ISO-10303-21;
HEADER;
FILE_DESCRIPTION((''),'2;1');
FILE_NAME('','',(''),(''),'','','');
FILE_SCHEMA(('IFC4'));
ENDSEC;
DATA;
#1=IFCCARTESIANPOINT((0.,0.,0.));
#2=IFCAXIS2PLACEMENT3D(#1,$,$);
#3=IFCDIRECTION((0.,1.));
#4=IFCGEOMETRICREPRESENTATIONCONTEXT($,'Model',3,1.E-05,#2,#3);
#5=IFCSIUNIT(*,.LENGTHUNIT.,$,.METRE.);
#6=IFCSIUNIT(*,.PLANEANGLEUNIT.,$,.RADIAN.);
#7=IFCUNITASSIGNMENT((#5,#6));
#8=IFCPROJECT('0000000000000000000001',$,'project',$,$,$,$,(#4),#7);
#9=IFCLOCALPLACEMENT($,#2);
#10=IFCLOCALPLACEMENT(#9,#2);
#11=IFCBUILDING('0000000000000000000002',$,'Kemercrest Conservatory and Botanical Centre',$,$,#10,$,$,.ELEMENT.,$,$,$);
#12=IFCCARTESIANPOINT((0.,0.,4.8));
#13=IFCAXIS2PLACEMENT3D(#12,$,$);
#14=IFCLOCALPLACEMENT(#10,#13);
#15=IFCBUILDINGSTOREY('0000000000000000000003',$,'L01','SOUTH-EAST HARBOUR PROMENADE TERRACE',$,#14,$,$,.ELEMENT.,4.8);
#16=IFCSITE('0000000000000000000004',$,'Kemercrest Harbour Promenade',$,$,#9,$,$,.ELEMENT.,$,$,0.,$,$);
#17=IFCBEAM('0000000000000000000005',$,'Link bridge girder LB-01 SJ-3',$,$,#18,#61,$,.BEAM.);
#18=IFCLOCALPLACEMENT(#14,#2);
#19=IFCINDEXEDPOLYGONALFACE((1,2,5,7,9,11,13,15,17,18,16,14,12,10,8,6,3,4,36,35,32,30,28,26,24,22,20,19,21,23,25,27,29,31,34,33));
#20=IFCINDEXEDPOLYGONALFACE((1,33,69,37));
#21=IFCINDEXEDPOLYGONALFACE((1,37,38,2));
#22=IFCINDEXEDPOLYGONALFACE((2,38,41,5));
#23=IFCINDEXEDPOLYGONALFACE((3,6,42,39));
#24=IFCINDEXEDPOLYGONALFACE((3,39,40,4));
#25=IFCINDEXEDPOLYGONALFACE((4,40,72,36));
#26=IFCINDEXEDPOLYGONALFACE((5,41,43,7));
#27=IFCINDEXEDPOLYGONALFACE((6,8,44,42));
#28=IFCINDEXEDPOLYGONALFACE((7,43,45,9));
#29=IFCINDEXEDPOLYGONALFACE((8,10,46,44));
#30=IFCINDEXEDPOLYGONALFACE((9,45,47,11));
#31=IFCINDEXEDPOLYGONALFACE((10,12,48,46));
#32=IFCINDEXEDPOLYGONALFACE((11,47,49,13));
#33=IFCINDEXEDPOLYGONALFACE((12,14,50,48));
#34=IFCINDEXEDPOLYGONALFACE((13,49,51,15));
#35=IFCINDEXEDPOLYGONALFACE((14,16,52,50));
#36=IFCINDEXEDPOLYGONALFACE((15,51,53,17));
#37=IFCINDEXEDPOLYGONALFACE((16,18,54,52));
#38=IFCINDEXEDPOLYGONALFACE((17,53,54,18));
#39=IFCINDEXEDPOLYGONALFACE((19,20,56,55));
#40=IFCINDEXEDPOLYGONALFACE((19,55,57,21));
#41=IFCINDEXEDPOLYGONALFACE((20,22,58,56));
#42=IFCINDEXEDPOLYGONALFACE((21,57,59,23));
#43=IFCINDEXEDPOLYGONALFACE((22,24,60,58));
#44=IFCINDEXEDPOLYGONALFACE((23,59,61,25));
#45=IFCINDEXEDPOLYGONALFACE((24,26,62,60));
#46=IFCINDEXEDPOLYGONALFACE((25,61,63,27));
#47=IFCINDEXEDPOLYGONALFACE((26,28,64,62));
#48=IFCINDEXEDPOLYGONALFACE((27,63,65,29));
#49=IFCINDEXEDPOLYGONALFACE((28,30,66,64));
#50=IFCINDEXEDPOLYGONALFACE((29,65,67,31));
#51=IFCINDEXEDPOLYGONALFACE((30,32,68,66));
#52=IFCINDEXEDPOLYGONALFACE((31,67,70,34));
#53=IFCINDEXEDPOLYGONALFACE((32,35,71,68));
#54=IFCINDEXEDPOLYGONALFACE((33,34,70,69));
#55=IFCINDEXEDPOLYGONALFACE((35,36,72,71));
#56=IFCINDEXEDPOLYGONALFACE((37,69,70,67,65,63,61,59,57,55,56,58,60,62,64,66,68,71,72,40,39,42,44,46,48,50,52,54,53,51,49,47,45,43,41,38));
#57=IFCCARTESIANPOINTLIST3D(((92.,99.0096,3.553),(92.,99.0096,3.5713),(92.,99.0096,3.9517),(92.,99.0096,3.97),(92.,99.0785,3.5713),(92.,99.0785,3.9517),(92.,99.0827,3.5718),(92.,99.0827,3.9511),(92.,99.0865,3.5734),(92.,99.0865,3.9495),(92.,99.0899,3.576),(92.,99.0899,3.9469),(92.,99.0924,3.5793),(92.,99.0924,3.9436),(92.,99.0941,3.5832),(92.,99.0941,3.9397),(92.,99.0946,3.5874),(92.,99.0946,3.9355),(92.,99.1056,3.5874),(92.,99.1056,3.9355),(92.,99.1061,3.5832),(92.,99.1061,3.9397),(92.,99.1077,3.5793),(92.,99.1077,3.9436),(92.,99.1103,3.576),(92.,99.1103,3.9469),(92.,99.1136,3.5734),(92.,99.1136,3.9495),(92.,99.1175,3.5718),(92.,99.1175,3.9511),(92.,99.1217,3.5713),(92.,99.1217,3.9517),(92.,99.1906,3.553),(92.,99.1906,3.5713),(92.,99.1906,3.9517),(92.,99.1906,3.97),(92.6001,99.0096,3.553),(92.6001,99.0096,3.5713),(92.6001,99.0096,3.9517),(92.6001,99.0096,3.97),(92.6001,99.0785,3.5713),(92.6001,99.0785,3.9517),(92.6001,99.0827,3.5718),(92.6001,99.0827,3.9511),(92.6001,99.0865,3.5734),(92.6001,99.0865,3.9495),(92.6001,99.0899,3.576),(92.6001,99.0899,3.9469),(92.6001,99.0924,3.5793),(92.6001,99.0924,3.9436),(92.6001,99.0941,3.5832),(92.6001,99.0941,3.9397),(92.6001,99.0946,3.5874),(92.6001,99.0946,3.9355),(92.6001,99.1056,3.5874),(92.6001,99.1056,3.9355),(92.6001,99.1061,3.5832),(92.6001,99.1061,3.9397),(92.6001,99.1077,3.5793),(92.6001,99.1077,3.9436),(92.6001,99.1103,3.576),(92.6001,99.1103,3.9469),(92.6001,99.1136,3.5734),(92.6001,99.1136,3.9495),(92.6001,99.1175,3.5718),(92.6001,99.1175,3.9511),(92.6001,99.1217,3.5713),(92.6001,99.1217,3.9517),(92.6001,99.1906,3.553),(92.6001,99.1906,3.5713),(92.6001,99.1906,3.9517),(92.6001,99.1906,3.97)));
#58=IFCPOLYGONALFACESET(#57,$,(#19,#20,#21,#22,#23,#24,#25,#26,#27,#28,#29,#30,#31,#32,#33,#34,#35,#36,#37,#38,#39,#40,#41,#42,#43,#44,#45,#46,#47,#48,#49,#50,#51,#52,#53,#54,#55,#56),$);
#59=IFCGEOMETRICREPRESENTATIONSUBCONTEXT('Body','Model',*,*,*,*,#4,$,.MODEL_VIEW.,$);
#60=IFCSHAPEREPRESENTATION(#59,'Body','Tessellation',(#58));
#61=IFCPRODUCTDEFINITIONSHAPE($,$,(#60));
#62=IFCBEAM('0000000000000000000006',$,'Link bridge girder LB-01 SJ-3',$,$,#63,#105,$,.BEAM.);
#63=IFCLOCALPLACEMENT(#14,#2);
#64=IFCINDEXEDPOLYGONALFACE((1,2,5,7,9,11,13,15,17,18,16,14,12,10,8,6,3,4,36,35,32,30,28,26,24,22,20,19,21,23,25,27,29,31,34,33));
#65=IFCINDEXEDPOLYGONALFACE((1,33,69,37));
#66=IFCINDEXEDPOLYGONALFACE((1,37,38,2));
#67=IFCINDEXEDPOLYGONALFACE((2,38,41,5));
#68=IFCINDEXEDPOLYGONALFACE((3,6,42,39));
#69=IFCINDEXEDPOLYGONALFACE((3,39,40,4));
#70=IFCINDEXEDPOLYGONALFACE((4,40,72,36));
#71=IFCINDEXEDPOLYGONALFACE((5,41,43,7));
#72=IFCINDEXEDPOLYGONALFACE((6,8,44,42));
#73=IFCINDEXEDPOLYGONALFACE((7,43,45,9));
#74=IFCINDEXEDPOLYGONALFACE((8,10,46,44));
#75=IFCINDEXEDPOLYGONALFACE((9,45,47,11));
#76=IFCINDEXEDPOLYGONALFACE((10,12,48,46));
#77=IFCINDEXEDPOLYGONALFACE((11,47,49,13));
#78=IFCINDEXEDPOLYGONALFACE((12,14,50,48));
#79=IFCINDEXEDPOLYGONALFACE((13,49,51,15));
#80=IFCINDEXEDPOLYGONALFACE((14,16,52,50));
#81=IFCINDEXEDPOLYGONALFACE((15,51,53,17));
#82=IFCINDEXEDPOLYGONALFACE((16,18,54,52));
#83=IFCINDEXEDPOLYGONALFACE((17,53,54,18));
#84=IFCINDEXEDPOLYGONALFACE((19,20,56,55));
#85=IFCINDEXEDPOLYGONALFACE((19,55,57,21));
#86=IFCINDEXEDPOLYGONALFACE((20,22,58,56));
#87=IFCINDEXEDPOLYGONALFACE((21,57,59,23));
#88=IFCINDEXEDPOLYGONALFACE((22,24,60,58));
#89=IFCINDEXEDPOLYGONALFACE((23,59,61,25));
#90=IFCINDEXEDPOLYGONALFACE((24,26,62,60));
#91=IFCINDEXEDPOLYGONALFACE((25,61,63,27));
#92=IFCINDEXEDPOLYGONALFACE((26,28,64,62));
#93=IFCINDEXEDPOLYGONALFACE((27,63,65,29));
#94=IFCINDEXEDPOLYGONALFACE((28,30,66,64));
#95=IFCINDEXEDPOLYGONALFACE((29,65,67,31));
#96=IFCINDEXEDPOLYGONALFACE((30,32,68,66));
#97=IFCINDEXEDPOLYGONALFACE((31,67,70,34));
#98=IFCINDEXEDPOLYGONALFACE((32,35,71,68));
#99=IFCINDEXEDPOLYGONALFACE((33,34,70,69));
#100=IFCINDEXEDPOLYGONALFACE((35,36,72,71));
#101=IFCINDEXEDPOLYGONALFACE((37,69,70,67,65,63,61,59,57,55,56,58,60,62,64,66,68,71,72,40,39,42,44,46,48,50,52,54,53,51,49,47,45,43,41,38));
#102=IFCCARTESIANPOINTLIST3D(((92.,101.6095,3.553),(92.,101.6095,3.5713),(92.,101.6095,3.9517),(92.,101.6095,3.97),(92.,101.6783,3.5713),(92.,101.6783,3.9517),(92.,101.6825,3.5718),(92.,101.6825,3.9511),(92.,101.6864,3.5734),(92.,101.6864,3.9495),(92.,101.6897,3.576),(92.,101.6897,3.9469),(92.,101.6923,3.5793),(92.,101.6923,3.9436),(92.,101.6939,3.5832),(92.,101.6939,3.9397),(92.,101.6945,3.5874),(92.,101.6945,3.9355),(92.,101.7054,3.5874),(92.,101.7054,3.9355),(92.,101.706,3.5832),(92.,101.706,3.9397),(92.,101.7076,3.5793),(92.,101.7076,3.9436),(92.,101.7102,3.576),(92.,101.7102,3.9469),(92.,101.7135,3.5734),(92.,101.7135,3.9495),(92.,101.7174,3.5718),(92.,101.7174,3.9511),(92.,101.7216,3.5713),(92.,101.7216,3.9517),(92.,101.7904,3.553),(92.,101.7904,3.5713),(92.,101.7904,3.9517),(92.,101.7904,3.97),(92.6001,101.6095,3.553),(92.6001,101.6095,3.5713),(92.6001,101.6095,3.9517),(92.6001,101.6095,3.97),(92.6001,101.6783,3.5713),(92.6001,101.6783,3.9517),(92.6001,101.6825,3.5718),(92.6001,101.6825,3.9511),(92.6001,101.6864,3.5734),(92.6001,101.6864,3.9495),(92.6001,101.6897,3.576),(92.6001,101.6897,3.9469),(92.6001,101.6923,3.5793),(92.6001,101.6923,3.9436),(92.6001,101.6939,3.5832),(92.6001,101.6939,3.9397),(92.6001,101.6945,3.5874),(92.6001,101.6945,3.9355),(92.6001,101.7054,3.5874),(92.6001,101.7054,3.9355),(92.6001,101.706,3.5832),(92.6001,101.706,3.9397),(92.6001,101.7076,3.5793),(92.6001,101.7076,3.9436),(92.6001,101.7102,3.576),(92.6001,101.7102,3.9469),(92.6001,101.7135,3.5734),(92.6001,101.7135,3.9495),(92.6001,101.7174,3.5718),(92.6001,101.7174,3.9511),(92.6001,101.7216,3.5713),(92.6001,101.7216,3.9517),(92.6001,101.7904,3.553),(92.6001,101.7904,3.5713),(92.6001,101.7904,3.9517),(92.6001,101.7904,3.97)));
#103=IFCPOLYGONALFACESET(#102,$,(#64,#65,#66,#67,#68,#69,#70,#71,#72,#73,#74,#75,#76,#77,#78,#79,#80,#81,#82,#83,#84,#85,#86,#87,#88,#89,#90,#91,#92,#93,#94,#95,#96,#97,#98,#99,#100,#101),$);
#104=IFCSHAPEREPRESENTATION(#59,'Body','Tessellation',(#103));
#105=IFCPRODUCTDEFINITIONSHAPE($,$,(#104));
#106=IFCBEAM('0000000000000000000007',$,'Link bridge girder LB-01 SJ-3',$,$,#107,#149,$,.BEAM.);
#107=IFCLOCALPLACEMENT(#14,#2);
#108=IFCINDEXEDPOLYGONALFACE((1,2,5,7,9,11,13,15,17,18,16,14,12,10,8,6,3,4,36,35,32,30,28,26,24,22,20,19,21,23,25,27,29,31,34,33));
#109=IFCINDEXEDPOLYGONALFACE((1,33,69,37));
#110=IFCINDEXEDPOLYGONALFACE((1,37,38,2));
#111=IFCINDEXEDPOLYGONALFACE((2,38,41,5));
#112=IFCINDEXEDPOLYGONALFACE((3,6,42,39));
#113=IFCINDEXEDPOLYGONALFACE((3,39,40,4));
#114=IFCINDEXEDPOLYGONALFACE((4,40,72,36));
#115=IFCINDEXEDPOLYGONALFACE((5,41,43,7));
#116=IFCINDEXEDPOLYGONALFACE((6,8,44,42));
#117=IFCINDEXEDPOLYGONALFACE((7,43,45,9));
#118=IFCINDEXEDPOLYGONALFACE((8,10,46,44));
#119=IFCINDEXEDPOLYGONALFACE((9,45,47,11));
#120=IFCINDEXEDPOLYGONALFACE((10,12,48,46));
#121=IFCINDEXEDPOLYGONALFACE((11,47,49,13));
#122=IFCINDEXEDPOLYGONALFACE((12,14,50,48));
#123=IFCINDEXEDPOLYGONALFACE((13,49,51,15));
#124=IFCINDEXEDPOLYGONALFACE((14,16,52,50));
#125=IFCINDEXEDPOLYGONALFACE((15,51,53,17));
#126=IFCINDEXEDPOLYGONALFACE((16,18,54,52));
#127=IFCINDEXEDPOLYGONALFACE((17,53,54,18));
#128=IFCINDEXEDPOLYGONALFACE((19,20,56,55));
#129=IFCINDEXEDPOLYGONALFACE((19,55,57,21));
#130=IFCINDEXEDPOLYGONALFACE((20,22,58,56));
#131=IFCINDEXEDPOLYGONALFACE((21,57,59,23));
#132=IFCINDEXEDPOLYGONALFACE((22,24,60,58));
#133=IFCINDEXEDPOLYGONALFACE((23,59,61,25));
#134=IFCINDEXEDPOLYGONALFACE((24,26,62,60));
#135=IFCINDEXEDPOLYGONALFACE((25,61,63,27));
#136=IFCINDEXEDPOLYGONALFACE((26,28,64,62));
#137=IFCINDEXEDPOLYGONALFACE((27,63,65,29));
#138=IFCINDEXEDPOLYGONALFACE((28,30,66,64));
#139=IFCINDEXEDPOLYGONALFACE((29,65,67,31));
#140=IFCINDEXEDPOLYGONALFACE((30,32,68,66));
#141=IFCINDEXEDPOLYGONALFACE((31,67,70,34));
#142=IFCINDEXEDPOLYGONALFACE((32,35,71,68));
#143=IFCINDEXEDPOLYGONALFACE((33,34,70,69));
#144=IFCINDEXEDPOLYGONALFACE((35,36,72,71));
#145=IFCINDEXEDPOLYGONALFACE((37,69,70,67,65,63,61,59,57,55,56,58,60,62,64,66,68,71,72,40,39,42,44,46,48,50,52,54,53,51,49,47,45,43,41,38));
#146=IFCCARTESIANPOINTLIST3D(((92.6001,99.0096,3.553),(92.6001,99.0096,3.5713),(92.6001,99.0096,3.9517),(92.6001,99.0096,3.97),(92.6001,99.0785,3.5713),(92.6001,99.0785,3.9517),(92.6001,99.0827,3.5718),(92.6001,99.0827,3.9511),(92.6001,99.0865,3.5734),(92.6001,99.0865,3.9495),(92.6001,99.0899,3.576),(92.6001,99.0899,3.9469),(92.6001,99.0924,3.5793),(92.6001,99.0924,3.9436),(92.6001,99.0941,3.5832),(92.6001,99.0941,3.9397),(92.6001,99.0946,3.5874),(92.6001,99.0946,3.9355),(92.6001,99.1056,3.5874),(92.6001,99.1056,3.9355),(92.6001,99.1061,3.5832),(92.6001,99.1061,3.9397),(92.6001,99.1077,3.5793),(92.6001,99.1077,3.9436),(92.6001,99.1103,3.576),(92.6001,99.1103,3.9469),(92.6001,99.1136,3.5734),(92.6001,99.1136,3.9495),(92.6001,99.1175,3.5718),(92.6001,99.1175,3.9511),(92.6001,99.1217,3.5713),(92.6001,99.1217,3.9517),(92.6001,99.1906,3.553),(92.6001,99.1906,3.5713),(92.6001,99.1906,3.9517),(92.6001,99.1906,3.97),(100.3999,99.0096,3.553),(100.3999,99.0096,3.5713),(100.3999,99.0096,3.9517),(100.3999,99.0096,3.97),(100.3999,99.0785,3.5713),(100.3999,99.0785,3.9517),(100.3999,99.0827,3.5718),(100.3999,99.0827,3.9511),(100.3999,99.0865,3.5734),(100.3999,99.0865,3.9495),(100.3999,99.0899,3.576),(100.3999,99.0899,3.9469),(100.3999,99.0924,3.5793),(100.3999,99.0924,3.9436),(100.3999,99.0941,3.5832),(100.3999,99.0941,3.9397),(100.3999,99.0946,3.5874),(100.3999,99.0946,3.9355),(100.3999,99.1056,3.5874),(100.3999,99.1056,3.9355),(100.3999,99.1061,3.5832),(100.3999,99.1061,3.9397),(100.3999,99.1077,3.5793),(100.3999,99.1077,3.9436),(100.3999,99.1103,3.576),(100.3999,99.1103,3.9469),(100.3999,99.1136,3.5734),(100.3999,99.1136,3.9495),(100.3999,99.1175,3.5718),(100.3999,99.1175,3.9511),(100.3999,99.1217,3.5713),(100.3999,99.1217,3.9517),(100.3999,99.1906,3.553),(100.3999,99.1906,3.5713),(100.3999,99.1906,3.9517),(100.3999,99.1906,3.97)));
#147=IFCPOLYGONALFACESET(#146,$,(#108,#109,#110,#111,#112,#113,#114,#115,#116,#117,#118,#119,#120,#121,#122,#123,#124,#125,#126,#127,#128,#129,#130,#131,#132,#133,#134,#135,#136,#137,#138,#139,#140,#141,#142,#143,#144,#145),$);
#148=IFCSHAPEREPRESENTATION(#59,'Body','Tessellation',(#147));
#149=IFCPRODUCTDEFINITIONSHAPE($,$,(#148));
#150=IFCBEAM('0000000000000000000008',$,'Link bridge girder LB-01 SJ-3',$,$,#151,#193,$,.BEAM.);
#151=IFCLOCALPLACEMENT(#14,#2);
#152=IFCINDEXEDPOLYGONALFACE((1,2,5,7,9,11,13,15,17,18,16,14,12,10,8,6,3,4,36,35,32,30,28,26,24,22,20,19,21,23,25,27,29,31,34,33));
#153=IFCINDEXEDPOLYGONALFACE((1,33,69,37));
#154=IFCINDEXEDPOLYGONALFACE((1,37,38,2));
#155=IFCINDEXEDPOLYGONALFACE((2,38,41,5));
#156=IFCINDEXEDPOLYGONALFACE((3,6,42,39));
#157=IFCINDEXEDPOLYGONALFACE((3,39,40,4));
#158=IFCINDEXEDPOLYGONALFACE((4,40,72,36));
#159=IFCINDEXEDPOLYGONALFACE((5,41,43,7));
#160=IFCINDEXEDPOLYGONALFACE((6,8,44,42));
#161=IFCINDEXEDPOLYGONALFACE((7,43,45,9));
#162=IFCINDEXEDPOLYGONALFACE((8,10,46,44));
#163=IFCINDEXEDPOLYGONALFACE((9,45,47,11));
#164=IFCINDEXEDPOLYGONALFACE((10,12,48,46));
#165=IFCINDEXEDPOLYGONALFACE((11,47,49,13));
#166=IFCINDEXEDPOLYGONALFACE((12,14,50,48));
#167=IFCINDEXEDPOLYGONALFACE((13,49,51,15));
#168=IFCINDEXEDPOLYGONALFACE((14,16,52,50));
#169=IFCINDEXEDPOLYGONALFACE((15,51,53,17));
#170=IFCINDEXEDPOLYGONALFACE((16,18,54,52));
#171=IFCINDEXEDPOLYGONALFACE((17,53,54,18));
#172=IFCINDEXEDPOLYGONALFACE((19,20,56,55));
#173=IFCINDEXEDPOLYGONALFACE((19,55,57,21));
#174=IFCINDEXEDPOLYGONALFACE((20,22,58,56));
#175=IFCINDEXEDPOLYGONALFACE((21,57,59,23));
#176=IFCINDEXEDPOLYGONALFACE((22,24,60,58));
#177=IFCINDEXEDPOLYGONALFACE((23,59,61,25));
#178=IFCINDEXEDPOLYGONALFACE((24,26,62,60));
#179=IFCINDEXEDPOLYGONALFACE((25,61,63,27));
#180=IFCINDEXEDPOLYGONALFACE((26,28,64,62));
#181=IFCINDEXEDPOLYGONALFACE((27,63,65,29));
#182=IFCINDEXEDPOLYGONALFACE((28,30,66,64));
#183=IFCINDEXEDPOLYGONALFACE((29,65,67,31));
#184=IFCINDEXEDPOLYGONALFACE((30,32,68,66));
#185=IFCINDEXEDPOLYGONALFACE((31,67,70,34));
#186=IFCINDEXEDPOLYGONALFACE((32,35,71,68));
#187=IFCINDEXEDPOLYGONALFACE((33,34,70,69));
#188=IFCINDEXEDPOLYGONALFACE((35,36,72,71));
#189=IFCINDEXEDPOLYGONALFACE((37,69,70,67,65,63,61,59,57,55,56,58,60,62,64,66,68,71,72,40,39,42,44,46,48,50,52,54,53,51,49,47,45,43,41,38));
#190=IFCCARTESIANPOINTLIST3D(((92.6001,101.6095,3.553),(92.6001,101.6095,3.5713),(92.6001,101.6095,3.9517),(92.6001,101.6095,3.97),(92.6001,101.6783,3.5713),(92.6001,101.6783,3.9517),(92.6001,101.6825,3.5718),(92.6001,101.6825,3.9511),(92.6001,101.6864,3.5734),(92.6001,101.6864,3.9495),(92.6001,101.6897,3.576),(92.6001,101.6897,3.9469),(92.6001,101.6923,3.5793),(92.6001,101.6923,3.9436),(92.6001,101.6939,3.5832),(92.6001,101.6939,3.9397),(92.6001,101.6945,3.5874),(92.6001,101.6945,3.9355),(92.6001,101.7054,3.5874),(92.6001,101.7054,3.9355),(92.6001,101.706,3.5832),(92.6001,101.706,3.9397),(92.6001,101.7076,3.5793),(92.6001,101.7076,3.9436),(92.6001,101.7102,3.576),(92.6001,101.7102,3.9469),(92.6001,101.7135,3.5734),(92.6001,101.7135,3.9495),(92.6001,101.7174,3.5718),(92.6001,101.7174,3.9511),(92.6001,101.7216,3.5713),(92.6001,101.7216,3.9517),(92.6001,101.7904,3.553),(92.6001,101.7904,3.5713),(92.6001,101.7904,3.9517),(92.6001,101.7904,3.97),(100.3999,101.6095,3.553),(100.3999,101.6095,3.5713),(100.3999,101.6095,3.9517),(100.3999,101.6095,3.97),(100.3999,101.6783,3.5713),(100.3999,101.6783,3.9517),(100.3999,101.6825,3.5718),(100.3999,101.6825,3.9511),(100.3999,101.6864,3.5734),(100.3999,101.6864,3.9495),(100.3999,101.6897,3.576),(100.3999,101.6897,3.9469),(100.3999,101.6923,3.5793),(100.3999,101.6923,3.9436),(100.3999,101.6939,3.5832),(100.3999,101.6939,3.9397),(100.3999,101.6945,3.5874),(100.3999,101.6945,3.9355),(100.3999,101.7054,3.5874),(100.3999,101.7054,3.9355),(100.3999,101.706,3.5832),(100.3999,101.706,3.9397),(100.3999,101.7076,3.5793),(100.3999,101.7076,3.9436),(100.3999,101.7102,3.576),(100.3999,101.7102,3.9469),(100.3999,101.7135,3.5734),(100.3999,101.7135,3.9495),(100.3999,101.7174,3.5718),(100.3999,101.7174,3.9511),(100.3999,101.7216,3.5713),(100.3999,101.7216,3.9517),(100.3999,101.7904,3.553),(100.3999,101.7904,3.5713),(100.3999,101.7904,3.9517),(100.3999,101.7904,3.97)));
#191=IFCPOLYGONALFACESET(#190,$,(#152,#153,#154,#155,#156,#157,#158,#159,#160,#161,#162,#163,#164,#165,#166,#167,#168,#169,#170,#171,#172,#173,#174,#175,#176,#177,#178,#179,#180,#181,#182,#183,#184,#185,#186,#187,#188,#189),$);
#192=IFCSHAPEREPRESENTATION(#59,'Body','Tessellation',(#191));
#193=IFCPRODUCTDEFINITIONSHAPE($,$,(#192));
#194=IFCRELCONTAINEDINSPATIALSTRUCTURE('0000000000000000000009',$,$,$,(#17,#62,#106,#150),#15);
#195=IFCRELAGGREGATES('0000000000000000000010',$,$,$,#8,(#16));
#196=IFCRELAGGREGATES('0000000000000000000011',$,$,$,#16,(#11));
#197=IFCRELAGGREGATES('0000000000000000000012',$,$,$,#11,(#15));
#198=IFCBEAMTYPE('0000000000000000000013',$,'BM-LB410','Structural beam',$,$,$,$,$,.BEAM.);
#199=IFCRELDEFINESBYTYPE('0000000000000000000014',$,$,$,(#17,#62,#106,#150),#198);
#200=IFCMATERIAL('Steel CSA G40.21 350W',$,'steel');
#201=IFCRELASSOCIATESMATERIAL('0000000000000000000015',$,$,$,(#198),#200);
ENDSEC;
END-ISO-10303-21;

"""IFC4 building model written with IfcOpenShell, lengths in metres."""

from ifc_helpers import new_model, si_unit, direction, frame, origin, origin_2d, place, context, subcontext, project, spatial, i_section, extrude, material, material_profile, profile_set, type_object, element, save


model = new_model("IFC4")

# Units and contexts
model_context = context("Model", 3, precision=1e-05, world=origin(), true_north=direction((0.0, 1.0)))
body_context = subcontext(model_context, "Body", "Model", "MODEL_VIEW")
ifc_project = project(units=[si_unit("LENGTHUNIT", "METRE"), si_unit("PLANEANGLEUNIT", "RADIAN")], contexts=[model_context])

# Site, building, storey
site_placement = place(None, origin())
site = spatial("IfcSite", under=ifc_project, at=site_placement, Name="Kemercrest Harbour Promenade", CompositionType="ELEMENT", RefElevation=0.0)
building_placement = place(site_placement, origin())
building = spatial("IfcBuilding", under=site, at=building_placement, Name="Kemercrest Conservatory and Botanical Centre", CompositionType="ELEMENT")
storey_placement = place(building_placement, frame((0.0, 0.0, 4.8)))
storey = spatial("IfcBuildingStorey", under=building, at=storey_placement, Name="L01", Description="SOUTH-EAST HARBOUR PROMENADE TERRACE", CompositionType="ELEMENT", Elevation=4.8)

# Shared definitions
ifc_material_1 = material(Name="Steel CSA G40.21 350W", Category="steel")

# Beams
ifc_material_profile_1 = material_profile(ifc_material_1, i_section(OverallWidth=0.1809, OverallDepth=0.417, WebThickness=0.011, FlangeThickness=0.0183, FilletRadius=0.0161, at=origin_2d()), Name="W410X85")
ifc_profile_set_1 = profile_set([ifc_material_profile_1], Name="Steel CSA G40.21 350W")
beam_type_1 = type_object("IfcBeamType", Name="BM-LB410", Description="Structural beam", PredefinedType="BEAM", material=ifc_profile_set_1)
for number, where, z_axis, x_axis, name in (
    (1, (92.0, 99.1001, 3.7615), (1.0, 0.0, 0.0), (0.0, 1.0, 0.0), "Link bridge girder LB-01 SJ-3"),
    (2, (92.0, 101.7, 3.7615), (1.0, 0.0, 0.0), (0.0, 1.0, 0.0), "Link bridge girder LB-01 SJ-3"),
):
    element("IfcBeam", number, at=place(storey_placement, frame(where, z_axis=z_axis, x_axis=x_axis)), inside=storey, type_object=beam_type_1, Name=name, PredefinedType="BEAM", context=body_context, shape_type="SweptSolid", body=[
        extrude(i_section(OverallWidth=0.1809, OverallDepth=0.417, WebThickness=0.011, FlangeThickness=0.0183, FilletRadius=0.0161, at=origin_2d()), origin(), (0.0, 0.0, 1.0), 0.6001),
    ])
for number, where, z_axis, x_axis, name in (
    (3, (92.6001, 99.1001, 3.7615), (1.0, 0.0, 0.0), (0.0, 1.0, 0.0), "Link bridge girder LB-01 SJ-3"),
    (4, (92.6001, 101.7, 3.7615), (1.0, 0.0, 0.0), (0.0, 1.0, 0.0), "Link bridge girder LB-01 SJ-3"),
):
    element("IfcBeam", number, at=place(storey_placement, frame(where, z_axis=z_axis, x_axis=x_axis)), inside=storey, type_object=beam_type_1, Name=name, PredefinedType="BEAM", context=body_context, shape_type="SweptSolid", body=[
        extrude(i_section(OverallWidth=0.1809, OverallDepth=0.417, WebThickness=0.011, FlangeThickness=0.0183, FilletRadius=0.0161, at=origin_2d()), origin(), (0.0, 0.0, 1.0), 7.7998),
    ])

save(model, "model.ifc")
